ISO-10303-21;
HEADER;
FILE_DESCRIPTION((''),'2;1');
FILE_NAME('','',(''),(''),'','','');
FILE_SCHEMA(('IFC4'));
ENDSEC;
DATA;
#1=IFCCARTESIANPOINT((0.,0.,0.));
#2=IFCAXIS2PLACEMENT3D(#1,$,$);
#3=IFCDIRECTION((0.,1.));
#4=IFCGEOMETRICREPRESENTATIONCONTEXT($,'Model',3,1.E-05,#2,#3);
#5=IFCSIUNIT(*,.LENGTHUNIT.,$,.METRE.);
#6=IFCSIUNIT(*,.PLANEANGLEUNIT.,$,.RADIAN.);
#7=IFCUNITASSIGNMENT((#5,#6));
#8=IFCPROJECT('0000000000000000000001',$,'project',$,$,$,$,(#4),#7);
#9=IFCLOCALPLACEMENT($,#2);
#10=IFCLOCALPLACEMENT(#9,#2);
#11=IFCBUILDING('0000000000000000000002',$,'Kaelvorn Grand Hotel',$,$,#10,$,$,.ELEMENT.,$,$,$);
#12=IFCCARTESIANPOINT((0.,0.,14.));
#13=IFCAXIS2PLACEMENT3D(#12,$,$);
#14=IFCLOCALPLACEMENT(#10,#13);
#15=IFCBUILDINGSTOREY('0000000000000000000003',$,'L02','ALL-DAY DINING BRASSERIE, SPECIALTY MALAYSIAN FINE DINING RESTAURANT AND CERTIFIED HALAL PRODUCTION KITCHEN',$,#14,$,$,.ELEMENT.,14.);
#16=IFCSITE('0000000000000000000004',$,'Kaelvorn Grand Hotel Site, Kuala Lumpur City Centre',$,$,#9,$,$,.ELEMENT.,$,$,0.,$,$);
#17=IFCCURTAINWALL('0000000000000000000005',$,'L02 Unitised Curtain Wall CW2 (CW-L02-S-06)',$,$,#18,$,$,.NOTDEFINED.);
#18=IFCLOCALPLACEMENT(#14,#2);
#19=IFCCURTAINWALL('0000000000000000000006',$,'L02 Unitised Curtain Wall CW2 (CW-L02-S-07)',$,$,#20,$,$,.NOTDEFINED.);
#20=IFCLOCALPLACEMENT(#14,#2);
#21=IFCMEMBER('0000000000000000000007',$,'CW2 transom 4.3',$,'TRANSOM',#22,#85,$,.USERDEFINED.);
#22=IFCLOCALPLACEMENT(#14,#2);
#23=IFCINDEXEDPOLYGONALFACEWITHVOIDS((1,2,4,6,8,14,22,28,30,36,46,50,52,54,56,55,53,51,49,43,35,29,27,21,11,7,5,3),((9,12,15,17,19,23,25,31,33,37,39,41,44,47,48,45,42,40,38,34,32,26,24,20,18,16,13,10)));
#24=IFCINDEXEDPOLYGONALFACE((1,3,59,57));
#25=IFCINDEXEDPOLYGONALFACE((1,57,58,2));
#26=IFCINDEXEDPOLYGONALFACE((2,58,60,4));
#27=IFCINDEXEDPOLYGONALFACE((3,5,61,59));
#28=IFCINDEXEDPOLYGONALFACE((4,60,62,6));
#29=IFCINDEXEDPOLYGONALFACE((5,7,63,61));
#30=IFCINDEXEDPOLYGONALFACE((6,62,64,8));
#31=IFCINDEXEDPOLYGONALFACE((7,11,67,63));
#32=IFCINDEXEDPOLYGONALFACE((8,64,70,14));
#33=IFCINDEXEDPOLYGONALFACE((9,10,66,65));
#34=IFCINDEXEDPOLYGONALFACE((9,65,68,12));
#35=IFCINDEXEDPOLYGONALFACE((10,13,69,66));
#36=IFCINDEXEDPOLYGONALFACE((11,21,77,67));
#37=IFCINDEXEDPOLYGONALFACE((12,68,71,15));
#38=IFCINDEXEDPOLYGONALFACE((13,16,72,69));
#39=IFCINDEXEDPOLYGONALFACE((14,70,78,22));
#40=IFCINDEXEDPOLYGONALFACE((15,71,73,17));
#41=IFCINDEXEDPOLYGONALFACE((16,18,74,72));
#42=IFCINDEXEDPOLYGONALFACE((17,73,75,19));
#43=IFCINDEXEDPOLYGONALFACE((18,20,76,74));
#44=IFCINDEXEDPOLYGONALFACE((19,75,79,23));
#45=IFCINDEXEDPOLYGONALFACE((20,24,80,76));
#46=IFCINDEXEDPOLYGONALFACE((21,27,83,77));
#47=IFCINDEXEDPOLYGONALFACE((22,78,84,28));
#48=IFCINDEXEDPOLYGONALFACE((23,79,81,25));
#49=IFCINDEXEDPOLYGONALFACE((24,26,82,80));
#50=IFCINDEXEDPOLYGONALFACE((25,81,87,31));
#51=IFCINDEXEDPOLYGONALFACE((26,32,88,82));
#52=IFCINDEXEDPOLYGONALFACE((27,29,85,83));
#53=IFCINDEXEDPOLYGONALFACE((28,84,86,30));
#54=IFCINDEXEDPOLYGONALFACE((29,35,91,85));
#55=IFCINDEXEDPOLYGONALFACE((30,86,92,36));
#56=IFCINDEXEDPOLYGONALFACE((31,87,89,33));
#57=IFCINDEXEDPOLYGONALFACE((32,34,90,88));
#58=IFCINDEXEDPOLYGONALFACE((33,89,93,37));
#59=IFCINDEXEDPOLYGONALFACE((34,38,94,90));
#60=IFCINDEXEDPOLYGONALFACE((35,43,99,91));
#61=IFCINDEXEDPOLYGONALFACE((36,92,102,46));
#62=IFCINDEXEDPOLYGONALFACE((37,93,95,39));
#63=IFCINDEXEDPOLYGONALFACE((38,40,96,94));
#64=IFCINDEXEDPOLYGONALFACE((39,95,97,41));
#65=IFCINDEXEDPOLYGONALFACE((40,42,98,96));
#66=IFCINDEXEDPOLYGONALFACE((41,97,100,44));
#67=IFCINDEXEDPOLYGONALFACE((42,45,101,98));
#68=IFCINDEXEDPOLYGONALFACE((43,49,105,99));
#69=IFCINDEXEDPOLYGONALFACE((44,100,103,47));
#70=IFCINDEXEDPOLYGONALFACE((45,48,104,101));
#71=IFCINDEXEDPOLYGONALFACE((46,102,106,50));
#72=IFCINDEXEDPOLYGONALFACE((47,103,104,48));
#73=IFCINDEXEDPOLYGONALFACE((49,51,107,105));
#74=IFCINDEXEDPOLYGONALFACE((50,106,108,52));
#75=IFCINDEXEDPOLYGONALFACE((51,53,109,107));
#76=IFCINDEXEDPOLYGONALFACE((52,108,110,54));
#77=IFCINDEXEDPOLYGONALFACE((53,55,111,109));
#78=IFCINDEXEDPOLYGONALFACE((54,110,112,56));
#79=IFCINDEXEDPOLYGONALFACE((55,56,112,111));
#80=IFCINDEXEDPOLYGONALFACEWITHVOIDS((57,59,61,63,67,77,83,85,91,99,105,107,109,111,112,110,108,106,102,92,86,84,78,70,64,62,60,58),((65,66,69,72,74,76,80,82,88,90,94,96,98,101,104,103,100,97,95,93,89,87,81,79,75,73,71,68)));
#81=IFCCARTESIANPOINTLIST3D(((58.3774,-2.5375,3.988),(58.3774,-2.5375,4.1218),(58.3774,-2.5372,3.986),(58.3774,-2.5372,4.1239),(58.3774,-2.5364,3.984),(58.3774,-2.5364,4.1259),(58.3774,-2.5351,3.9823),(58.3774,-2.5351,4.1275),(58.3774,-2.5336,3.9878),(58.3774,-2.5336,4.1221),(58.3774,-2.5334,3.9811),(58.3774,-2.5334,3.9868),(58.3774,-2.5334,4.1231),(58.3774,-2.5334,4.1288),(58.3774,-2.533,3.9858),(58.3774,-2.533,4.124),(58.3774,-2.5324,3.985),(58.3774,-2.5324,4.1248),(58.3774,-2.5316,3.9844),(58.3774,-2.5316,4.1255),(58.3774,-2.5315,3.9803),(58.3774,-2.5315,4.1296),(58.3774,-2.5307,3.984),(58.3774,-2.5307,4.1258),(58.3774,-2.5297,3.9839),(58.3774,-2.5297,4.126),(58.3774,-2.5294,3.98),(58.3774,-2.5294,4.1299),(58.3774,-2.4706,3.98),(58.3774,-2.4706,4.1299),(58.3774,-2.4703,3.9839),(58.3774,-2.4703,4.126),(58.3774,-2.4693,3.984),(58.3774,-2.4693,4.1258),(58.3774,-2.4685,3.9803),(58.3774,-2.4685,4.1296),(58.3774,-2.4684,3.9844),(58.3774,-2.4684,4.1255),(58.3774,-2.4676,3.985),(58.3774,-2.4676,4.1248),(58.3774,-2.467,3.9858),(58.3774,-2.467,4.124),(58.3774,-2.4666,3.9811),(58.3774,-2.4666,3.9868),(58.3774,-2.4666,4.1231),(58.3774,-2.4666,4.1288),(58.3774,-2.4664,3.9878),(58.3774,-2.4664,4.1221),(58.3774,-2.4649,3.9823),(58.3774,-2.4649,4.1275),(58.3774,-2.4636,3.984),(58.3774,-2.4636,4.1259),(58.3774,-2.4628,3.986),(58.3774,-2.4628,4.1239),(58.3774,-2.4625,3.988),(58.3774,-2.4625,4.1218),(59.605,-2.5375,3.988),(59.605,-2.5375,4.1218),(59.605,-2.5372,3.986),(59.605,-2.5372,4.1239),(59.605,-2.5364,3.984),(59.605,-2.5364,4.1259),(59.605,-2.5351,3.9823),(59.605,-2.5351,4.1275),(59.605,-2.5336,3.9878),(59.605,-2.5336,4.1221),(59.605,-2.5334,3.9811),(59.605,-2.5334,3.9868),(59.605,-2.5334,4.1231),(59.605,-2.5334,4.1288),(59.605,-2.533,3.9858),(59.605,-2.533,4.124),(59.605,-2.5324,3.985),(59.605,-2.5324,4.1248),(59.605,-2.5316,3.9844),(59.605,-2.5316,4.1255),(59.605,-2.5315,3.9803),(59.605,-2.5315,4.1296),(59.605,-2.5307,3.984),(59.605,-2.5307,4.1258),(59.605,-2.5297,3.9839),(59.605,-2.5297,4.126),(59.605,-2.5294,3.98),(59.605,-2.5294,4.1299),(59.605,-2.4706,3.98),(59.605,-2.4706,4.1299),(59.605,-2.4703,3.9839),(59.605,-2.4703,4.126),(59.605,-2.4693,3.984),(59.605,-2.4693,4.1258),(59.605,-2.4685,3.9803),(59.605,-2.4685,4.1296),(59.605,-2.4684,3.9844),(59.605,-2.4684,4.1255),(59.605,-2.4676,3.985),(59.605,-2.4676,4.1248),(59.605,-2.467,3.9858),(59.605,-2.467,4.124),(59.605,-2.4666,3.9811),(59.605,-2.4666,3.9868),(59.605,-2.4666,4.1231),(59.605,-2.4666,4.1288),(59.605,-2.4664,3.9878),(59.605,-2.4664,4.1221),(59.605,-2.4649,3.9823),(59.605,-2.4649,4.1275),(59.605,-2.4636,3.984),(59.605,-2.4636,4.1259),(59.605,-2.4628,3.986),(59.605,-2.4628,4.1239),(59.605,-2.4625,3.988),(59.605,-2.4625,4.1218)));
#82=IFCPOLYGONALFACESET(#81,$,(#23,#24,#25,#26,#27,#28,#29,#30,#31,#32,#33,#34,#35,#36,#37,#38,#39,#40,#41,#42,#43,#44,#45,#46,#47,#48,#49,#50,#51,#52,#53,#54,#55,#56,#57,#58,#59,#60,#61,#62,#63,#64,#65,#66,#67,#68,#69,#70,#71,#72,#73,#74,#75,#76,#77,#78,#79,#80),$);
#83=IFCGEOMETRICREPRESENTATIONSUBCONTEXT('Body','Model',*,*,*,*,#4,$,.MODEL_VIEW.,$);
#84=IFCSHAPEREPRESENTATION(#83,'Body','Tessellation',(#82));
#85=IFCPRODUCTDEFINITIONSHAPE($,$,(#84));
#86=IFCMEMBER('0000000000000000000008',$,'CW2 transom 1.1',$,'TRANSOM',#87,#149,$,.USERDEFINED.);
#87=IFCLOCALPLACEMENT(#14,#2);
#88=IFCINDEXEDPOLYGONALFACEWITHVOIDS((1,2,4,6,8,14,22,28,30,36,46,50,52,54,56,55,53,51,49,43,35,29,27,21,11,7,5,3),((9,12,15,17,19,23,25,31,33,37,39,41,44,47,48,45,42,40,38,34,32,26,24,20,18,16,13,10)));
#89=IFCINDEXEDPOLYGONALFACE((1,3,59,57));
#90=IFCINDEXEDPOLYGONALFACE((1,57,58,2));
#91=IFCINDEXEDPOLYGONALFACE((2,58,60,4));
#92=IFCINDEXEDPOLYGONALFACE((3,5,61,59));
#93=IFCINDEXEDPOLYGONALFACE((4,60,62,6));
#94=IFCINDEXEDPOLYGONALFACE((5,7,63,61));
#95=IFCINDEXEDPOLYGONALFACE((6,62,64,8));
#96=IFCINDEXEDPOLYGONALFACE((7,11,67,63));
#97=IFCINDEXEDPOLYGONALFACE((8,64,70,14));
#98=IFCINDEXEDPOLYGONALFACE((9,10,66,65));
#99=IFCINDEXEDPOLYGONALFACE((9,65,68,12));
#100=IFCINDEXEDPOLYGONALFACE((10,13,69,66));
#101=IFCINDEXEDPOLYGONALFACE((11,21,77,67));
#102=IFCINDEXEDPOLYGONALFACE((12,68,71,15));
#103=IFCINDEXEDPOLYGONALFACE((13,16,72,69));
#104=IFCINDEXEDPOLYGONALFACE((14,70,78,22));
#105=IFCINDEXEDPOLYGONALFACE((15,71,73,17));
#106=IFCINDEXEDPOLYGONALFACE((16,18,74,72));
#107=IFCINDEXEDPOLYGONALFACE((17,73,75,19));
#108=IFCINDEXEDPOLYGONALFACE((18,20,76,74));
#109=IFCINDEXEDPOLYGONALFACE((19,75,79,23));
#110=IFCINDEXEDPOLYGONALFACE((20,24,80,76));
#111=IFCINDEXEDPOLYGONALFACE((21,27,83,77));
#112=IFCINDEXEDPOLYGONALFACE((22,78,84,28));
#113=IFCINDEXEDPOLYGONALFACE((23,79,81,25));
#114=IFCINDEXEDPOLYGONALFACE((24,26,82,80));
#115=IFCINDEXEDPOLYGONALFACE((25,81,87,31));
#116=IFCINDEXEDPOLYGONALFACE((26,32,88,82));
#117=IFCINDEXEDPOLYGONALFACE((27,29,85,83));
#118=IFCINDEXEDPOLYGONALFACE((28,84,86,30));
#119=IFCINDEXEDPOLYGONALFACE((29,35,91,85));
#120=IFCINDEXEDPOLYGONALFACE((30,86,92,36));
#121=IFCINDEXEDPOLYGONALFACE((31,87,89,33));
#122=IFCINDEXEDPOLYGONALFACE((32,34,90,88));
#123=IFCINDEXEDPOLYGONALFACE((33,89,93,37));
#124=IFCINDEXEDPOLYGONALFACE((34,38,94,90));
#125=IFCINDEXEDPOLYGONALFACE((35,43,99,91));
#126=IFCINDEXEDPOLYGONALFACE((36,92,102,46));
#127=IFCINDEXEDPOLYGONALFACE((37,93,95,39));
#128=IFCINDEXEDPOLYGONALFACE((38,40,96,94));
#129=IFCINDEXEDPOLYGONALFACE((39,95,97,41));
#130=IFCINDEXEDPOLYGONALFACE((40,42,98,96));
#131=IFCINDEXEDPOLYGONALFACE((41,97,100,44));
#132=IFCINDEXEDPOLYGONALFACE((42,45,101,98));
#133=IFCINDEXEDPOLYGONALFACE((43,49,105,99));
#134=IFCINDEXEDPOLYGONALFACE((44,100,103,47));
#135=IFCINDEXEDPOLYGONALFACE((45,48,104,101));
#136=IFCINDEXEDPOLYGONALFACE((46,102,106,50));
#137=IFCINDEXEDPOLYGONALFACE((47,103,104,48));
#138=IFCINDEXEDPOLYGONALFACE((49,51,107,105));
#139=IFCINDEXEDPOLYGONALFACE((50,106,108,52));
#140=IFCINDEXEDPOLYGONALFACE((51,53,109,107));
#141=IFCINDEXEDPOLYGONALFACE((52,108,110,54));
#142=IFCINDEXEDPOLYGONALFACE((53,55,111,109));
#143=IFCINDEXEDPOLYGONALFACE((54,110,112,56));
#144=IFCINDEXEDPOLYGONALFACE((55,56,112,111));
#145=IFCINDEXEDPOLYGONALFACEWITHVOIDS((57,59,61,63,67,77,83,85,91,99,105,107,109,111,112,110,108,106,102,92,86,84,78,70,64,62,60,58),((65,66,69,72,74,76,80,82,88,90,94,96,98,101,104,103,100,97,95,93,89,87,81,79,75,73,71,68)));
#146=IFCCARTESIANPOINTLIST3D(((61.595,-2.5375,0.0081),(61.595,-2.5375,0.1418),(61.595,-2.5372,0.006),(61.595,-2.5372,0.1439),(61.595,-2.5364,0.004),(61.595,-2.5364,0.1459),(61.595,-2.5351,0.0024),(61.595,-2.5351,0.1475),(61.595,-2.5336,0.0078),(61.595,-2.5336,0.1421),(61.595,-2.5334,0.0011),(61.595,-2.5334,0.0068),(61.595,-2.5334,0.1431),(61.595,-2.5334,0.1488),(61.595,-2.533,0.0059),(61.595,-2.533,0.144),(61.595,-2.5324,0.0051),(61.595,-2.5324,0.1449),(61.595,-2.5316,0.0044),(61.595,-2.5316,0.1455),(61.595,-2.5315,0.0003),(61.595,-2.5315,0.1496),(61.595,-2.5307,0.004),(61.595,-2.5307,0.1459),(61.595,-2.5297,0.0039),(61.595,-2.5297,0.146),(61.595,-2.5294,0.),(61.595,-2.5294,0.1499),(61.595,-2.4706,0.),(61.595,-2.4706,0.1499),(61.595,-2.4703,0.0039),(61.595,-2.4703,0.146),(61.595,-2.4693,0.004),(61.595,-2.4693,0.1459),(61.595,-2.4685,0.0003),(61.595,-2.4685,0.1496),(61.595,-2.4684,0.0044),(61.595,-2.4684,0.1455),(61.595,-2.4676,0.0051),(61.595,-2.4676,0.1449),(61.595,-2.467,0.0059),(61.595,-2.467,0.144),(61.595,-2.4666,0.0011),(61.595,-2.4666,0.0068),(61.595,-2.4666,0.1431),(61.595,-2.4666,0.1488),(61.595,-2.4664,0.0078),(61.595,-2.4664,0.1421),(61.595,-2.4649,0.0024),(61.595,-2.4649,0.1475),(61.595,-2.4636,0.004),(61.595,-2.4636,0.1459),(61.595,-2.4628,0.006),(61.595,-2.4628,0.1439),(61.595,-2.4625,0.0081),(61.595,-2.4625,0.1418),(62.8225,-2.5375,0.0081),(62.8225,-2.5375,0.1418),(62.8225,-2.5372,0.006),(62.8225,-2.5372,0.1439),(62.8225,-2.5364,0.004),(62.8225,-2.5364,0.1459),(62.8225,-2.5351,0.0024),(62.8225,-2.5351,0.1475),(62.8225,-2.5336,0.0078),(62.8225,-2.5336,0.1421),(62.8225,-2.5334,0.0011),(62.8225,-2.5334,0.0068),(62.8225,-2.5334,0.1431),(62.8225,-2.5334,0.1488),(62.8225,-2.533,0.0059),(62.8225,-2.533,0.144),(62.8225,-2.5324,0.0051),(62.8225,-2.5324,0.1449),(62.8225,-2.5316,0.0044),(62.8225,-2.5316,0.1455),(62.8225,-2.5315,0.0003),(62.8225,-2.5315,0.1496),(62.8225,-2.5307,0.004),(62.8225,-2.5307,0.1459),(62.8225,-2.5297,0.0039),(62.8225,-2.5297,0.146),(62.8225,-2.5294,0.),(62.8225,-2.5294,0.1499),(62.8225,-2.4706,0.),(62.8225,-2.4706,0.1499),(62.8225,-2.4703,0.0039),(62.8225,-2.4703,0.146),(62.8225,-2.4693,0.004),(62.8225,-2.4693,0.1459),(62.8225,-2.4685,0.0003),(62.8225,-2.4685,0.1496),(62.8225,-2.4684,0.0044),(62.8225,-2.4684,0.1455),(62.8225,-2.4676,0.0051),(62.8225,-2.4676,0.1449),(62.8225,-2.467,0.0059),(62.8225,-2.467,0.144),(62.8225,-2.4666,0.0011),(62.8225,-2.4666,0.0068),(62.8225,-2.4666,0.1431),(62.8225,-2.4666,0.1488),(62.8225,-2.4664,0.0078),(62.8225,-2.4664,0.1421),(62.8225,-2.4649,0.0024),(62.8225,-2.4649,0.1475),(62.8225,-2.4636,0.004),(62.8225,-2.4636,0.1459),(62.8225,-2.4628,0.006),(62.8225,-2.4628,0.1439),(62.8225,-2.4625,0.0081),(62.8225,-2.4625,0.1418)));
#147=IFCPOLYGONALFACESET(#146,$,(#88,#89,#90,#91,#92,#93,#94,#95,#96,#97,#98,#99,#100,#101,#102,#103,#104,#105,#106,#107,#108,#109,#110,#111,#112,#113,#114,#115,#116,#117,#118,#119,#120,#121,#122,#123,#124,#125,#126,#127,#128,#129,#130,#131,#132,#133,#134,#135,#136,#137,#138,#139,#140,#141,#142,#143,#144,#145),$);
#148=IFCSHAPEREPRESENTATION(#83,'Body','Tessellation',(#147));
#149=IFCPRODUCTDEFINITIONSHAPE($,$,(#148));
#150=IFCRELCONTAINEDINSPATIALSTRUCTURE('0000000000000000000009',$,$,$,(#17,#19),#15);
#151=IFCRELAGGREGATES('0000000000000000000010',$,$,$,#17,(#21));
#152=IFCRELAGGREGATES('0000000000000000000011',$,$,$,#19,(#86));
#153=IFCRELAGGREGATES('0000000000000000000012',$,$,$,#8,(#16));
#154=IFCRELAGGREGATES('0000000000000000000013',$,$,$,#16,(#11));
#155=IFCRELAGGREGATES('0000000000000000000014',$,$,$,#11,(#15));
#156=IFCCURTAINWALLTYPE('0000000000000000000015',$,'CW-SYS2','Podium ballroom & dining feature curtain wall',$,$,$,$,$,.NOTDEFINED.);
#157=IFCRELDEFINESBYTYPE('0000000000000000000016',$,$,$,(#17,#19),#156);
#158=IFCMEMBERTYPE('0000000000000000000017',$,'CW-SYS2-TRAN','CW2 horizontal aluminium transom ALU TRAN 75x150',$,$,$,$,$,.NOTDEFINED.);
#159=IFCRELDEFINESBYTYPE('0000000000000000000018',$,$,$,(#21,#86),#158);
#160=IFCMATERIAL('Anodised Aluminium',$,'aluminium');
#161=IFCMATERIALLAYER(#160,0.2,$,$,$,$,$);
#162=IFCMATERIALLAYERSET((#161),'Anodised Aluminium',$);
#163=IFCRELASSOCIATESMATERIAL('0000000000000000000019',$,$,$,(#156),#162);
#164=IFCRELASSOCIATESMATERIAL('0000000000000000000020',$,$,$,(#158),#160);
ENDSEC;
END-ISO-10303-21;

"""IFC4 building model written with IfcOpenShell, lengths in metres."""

from ifc_helpers import new_model, si_unit, direction, frame, origin, origin_2d, place, context, subcontext, project, spatial, hollow_rectangle, extrude, material, layer, layer_set, material_profile, profile_set, type_object, element, aggregate, save


model = new_model("IFC4")

# Units and contexts
model_context = context("Model", 3, precision=1e-05, world=origin(), true_north=direction((0.0, 1.0)))
body_context = subcontext(model_context, "Body", "Model", "MODEL_VIEW")
ifc_project = project(units=[si_unit("LENGTHUNIT", "METRE"), si_unit("PLANEANGLEUNIT", "RADIAN")], contexts=[model_context])

# Site, building, storey
site_placement = place(None, origin())
site = spatial("IfcSite", under=ifc_project, at=site_placement, Name="Kaelvorn Grand Hotel Site, Kuala Lumpur City Centre", CompositionType="ELEMENT", RefElevation=0.0)
building_placement = place(site_placement, origin())
building = spatial("IfcBuilding", under=site, at=building_placement, Name="Kaelvorn Grand Hotel", CompositionType="ELEMENT")
storey_placement = place(building_placement, frame((0.0, 0.0, 14.0)))
storey = spatial("IfcBuildingStorey", under=building, at=storey_placement, Name="L02", Description="ALL-DAY DINING BRASSERIE, SPECIALTY MALAYSIAN FINE DINING RESTAURANT AND CERTIFIED HALAL PRODUCTION KITCHEN", CompositionType="ELEMENT", Elevation=14.0)

# Curtain walls
ifc_material_1 = material(Name="Anodised Aluminium", Category="aluminium")
ifc_layer_1 = layer(ifc_material_1, 0.2)
ifc_layer_set_1 = layer_set([ifc_layer_1], Name="Anodised Aluminium")
curtain_wall_type = type_object("IfcCurtainWallType", Name="CW-SYS2", Description="Podium ballroom & dining feature curtain wall", PredefinedType="NOTDEFINED", material=ifc_layer_set_1)
curtain_wall_1_placement = place(storey_placement, origin())
curtain_wall_1 = element("IfcCurtainWall", 1, at=curtain_wall_1_placement, inside=storey, type_object=curtain_wall_type, Name="L02 Unitised Curtain Wall CW2 (CW-L02-S-06)", PredefinedType="NOTDEFINED")
curtain_wall_2_placement = place(storey_placement, origin())
curtain_wall_2 = element("IfcCurtainWall", 2, at=curtain_wall_2_placement, inside=storey, type_object=curtain_wall_type, Name="L02 Unitised Curtain Wall CW2 (CW-L02-S-07)", PredefinedType="NOTDEFINED")

# Members
ifc_material_profile_1 = material_profile(ifc_material_1, hollow_rectangle(XDim=0.075, YDim=0.1499, WallThickness=0.0039, InnerFilletRadius=0.0039, OuterFilletRadius=0.0081, at=origin_2d()), Name="ALU TRAN 75x150")
ifc_profile_set_1 = profile_set([ifc_material_profile_1], Name="Anodised Aluminium")
member_type_1 = type_object("IfcMemberType", Name="CW-SYS2-TRAN", Description="CW2 horizontal aluminium transom ALU TRAN 75x150", PredefinedType="NOTDEFINED", material=ifc_profile_set_1)
member_1_placement = place(storey_placement, frame((58.3774, -2.5, 4.0549), z_axis=(1.0, 0.0, 0.0), x_axis=(0.0, 1.0, 0.0)))
member_1 = element("IfcMember", 3, at=member_1_placement, type_object=member_type_1, Name="CW2 transom 4.3", ObjectType="TRANSOM", PredefinedType="USERDEFINED", context=body_context, shape_type="SweptSolid", body=[
    extrude(hollow_rectangle(XDim=0.075, YDim=0.1499, WallThickness=0.0039, InnerFilletRadius=0.0039, OuterFilletRadius=0.0081, at=origin_2d()), origin(), (0.0, 0.0, 1.0), 1.2275),
])
member_2_placement = place(storey_placement, frame((61.595, -2.5, 0.075), z_axis=(1.0, 0.0, 0.0), x_axis=(0.0, 1.0, 0.0)))
member_2 = element("IfcMember", 4, at=member_2_placement, type_object=member_type_1, Name="CW2 transom 1.1", ObjectType="TRANSOM", PredefinedType="USERDEFINED", context=body_context, shape_type="SweptSolid", body=[
    extrude(hollow_rectangle(XDim=0.075, YDim=0.1499, WallThickness=0.0039, InnerFilletRadius=0.0039, OuterFilletRadius=0.0081, at=origin_2d()), origin(), (0.0, 0.0, 1.0), 1.2275),
])

aggregate(curtain_wall_1, [member_1])
aggregate(curtain_wall_2, [member_2])

save(model, "model.ifc")
